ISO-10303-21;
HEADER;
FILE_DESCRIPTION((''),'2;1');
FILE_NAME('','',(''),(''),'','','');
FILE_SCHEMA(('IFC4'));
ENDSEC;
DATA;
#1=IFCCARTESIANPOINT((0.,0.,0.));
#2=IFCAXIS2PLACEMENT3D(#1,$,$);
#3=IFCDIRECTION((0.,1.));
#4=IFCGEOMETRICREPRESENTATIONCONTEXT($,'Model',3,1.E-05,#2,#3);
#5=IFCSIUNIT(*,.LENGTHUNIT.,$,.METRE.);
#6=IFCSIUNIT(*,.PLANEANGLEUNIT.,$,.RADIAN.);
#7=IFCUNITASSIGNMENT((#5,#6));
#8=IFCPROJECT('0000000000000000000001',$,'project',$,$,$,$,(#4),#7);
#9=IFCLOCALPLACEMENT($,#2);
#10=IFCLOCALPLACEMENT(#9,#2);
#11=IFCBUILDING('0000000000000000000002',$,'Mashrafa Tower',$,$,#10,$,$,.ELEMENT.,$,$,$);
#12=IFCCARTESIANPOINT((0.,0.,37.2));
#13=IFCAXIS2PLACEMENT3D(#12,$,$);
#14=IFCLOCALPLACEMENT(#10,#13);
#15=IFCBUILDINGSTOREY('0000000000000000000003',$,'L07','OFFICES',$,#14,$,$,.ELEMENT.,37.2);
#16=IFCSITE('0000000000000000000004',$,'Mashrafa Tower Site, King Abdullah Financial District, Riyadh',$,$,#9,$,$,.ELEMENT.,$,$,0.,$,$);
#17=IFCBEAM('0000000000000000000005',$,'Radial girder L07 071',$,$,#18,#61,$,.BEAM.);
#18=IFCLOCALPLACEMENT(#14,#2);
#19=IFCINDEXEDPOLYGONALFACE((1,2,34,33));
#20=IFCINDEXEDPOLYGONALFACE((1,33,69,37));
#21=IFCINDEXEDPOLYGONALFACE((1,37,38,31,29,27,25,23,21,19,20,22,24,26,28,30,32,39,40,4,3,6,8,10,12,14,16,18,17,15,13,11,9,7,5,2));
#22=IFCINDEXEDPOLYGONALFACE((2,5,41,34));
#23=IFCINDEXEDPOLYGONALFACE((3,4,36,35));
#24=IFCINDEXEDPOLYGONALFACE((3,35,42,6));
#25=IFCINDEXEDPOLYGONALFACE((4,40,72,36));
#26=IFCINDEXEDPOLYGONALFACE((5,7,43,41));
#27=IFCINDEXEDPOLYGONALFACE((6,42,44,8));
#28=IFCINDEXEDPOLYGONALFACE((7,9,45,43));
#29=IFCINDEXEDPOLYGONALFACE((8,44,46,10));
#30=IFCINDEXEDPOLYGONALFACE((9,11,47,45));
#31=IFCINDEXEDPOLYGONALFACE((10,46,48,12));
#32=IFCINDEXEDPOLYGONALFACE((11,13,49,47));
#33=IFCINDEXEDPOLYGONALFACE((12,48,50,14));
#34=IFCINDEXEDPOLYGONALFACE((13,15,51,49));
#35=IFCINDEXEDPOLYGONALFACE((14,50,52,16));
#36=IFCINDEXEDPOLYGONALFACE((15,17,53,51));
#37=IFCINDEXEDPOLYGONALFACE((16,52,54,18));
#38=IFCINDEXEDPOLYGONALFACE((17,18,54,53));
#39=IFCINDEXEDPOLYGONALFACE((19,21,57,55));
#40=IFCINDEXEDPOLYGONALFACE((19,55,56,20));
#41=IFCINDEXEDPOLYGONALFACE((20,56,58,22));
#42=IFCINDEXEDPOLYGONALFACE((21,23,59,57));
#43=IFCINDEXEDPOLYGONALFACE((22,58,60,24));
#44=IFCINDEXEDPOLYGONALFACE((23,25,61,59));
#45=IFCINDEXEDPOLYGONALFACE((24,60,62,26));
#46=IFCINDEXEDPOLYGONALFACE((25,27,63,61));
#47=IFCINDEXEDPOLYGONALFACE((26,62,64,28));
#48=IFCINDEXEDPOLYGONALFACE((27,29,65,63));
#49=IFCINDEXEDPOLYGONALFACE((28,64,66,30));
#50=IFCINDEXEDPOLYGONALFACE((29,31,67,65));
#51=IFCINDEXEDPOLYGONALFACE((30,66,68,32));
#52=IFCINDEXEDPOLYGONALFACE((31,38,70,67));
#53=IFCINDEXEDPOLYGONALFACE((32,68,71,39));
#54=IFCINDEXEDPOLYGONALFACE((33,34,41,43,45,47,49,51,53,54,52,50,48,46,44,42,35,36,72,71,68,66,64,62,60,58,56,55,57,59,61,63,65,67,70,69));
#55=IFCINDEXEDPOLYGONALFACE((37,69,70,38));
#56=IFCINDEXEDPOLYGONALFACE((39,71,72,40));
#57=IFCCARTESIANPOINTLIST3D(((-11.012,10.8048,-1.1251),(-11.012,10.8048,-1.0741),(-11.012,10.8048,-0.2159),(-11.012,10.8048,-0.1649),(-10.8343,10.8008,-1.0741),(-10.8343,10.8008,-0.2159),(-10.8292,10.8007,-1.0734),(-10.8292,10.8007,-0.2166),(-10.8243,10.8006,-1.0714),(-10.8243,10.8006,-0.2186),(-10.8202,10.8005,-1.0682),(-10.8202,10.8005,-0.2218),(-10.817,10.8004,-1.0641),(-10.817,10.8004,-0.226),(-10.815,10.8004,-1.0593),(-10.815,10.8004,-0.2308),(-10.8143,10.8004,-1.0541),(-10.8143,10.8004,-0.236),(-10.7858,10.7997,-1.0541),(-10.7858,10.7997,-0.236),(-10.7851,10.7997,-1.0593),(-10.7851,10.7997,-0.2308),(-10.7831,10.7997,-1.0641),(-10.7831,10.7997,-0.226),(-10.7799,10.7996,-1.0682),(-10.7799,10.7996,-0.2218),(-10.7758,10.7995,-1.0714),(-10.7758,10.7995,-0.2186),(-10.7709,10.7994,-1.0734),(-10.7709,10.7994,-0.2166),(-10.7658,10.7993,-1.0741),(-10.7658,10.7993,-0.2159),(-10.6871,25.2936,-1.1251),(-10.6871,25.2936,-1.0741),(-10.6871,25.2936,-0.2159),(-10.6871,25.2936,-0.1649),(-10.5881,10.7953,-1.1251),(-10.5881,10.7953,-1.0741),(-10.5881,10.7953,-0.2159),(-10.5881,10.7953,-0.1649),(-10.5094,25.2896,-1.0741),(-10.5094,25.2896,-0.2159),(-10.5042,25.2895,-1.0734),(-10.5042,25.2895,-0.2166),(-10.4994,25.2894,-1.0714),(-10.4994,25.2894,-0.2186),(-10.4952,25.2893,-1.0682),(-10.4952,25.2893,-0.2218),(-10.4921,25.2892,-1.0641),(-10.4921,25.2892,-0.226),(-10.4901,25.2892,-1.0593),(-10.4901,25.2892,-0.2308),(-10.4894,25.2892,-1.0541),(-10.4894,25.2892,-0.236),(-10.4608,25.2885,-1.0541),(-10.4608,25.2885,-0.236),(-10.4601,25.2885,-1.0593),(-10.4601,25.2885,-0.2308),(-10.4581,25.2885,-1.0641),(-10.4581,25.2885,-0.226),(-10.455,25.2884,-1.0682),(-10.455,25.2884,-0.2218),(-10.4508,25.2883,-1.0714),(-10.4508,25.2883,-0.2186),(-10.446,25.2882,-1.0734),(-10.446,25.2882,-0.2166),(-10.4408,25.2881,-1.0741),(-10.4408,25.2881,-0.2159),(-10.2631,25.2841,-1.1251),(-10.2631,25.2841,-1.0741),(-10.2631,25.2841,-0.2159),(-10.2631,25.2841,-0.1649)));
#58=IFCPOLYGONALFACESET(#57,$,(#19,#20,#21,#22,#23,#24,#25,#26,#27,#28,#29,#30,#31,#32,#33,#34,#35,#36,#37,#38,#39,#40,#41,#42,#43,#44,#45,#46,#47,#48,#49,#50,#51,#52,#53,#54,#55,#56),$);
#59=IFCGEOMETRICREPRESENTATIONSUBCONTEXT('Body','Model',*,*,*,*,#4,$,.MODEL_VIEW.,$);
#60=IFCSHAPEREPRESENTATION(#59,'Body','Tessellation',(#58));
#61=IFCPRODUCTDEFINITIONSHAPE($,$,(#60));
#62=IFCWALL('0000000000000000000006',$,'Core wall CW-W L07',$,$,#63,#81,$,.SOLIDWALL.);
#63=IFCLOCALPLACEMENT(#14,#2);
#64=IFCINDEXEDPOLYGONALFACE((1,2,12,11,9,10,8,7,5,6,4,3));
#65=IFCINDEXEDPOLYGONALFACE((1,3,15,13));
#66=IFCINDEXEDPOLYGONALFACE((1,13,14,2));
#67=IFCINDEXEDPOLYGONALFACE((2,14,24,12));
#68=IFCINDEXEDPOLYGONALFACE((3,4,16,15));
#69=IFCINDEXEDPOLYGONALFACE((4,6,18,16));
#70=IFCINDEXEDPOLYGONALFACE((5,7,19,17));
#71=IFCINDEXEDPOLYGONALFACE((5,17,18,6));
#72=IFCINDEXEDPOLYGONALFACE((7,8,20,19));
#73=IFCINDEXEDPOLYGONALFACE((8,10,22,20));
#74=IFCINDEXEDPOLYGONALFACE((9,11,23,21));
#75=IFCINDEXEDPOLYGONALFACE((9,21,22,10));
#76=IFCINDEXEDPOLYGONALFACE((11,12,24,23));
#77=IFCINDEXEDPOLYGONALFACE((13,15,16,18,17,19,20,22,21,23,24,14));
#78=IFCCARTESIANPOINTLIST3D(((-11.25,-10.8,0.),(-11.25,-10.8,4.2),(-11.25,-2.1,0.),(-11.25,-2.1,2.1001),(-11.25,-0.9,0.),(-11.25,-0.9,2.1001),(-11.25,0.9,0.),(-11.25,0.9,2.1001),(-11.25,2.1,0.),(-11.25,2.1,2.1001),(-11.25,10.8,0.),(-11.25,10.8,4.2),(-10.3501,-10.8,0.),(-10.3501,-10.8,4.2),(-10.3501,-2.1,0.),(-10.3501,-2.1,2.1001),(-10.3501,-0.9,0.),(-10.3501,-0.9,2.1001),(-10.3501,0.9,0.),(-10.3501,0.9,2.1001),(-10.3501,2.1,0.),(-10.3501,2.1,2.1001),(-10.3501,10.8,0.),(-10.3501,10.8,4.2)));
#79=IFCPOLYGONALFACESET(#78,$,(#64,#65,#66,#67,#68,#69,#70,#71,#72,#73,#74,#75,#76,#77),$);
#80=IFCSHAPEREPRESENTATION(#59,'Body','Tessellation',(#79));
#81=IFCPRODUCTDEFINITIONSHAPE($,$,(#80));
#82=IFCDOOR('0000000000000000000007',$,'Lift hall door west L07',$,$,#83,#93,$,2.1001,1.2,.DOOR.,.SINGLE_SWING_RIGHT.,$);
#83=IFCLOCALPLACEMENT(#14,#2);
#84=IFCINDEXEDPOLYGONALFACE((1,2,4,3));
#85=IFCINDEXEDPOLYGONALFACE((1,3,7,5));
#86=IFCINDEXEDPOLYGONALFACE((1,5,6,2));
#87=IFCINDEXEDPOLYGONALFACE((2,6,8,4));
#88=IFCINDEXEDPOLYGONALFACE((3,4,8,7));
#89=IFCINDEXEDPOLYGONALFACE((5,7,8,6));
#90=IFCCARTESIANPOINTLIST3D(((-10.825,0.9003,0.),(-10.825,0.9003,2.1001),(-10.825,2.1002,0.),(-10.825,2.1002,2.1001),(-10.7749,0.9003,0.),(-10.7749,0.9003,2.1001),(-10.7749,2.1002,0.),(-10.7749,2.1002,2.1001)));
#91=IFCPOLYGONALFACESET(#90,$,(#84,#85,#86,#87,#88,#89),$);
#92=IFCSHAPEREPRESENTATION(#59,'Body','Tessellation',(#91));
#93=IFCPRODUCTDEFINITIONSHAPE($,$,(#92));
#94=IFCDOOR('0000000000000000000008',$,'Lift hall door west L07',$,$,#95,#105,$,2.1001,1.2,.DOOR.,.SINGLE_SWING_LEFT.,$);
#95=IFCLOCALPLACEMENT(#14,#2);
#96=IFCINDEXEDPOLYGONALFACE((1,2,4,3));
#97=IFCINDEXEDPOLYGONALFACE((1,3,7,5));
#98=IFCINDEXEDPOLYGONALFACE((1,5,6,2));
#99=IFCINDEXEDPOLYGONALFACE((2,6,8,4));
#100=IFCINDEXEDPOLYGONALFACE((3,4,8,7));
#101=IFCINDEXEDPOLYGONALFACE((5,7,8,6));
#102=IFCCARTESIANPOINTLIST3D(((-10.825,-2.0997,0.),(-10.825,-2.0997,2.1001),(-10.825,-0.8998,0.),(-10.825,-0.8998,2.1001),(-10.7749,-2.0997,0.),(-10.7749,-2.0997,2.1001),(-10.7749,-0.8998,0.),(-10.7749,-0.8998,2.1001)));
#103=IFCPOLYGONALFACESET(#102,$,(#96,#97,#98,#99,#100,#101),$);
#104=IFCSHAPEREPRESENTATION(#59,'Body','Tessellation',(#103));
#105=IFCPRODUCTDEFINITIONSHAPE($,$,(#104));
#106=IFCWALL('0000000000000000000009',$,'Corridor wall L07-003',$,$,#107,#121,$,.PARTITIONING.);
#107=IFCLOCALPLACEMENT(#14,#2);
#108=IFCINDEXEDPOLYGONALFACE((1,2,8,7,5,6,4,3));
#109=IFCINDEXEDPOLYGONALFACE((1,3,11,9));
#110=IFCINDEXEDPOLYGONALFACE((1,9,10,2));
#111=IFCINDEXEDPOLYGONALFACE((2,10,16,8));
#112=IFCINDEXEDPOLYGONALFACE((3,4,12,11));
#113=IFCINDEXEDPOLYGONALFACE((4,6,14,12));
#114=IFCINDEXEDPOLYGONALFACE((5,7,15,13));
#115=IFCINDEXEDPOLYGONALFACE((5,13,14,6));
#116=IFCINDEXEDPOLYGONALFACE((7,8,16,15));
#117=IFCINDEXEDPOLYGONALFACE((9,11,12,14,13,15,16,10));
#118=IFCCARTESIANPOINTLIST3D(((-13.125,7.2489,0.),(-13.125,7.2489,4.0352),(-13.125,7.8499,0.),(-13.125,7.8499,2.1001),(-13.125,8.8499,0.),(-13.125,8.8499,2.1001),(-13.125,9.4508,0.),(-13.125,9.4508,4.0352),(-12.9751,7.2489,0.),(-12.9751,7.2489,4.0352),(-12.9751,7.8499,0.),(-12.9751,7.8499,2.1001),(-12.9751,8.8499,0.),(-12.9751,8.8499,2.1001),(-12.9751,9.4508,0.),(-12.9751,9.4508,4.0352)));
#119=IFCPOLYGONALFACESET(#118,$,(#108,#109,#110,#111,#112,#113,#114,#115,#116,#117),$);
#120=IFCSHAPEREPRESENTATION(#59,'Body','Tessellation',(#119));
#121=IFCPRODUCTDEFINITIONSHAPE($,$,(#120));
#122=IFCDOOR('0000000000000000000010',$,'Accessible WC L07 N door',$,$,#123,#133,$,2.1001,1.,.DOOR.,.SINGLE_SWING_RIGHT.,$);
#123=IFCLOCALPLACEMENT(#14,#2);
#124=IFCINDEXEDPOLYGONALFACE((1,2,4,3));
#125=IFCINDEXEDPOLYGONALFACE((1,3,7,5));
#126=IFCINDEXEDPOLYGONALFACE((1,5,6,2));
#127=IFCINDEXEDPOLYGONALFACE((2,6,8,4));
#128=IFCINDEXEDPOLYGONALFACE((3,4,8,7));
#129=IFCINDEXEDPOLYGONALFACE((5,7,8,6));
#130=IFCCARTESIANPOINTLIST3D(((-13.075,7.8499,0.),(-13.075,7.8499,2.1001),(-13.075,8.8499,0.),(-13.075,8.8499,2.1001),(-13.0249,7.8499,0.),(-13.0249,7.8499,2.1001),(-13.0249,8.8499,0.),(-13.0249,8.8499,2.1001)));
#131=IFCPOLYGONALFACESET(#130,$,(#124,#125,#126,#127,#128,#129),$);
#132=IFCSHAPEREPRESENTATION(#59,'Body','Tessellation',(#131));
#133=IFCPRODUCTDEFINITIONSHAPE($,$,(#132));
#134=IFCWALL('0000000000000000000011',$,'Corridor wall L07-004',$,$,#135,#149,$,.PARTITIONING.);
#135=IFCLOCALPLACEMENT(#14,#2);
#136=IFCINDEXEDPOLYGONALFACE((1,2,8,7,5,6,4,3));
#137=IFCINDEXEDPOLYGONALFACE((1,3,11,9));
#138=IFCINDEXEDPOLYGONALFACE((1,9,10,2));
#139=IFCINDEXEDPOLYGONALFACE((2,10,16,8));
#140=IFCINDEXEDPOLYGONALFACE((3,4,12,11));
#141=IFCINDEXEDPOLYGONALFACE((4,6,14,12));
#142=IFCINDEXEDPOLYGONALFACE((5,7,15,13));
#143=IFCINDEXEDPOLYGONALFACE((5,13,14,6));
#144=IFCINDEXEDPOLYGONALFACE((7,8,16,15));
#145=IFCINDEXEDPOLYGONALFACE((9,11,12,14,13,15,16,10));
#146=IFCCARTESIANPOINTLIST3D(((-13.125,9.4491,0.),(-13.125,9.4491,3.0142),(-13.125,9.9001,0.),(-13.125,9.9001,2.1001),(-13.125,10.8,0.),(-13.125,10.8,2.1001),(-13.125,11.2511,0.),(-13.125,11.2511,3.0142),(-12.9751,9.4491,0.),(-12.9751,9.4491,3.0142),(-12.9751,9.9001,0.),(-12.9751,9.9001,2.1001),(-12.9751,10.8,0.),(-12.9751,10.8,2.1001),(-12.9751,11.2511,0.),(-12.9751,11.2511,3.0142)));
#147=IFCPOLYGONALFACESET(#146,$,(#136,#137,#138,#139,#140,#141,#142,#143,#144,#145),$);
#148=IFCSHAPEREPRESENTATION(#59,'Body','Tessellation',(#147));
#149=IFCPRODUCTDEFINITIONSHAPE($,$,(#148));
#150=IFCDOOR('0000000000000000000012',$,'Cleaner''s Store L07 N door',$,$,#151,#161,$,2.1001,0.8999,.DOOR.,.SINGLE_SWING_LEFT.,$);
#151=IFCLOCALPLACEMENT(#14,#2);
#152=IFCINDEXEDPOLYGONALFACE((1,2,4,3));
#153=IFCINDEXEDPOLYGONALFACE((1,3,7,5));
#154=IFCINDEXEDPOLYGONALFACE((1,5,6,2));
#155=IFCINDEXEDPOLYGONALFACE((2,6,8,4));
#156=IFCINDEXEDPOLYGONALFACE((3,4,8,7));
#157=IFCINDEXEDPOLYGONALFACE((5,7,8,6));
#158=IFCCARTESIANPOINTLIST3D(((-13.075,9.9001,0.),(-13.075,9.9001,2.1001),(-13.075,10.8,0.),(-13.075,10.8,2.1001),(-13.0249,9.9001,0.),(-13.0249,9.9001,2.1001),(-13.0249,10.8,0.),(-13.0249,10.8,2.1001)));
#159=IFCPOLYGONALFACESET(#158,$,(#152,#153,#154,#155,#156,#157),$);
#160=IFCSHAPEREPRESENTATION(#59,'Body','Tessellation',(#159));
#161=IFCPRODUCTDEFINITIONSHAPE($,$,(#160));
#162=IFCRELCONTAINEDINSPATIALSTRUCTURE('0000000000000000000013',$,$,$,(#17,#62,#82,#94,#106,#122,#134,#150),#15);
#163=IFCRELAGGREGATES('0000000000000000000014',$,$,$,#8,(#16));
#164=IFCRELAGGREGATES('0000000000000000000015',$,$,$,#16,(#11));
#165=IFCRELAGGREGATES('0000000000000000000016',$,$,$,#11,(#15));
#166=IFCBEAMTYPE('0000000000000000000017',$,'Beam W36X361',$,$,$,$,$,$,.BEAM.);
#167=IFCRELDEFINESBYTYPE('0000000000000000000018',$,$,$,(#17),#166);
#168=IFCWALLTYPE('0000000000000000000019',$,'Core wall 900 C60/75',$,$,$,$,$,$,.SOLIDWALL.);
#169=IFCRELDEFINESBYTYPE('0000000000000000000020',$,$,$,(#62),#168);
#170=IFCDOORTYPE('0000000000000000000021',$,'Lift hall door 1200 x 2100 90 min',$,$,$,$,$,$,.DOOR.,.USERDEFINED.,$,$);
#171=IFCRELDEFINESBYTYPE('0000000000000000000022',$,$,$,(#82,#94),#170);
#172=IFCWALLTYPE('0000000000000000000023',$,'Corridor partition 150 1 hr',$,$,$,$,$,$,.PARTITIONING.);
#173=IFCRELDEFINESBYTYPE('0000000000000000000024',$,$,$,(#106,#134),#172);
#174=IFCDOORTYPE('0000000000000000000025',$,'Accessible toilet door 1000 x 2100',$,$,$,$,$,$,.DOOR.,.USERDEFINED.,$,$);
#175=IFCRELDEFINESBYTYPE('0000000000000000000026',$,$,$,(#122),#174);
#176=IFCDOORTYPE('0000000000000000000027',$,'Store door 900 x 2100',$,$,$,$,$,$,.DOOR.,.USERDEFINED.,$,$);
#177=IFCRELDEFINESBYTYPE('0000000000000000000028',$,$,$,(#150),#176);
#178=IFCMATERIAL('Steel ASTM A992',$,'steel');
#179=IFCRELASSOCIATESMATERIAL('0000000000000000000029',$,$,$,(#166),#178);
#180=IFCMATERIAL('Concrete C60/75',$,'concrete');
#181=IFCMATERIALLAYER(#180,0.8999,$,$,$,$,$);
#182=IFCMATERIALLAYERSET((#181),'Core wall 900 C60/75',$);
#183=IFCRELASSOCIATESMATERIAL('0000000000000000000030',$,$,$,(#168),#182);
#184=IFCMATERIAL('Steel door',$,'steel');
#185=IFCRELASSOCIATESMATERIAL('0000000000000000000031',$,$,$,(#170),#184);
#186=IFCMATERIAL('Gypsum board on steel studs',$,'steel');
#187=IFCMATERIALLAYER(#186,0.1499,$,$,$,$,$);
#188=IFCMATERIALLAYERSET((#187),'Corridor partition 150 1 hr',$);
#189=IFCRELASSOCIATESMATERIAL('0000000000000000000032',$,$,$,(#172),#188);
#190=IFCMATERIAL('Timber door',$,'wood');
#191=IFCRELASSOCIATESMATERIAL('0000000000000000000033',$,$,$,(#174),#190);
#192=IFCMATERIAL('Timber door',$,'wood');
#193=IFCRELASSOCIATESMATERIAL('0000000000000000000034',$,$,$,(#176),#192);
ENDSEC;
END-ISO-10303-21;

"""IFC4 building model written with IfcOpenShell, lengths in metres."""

from ifc_helpers import new_model, si_unit, direction, frame, frame_2d, origin, origin_2d, place, context, subcontext, project, spatial, rectangle, i_section, extrude, material, layer, layer_set, material_profile, profile_set, type_object, element, fill, save


model = new_model("IFC4")

# Units and contexts
model_context = context("Model", 3, precision=1e-05, world=origin(), true_north=direction((0.0, 1.0)))
body_context = subcontext(model_context, "Body", "Model", "MODEL_VIEW")
ifc_project = project(units=[si_unit("LENGTHUNIT", "METRE"), si_unit("PLANEANGLEUNIT", "RADIAN")], contexts=[model_context])

# Site, building, storey
site_placement = place(None, origin())
site = spatial("IfcSite", under=ifc_project, at=site_placement, Name="Mashrafa Tower Site, King Abdullah Financial District, Riyadh", CompositionType="ELEMENT", RefElevation=0.0)
building_placement = place(site_placement, origin())
building = spatial("IfcBuilding", under=site, at=building_placement, Name="Mashrafa Tower", CompositionType="ELEMENT")
storey_placement = place(building_placement, frame((0.0, 0.0, 37.2)))
storey = spatial("IfcBuildingStorey", under=building, at=storey_placement, Name="L07", Description="OFFICES", CompositionType="ELEMENT", Elevation=37.2)

# Beam
ifc_material_1 = material(Name="Steel ASTM A992", Category="steel")
ifc_material_profile_1 = material_profile(ifc_material_1, i_section(OverallWidth=0.4241, OverallDepth=0.9602, WebThickness=0.0286, FlangeThickness=0.051, FilletRadius=0.02, at=origin_2d()), Name="W36X361")
ifc_profile_set_1 = profile_set([ifc_material_profile_1], Name="Steel ASTM A992")
beam_type_1 = type_object("IfcBeamType", Name="Beam W36X361", PredefinedType="BEAM", material=ifc_profile_set_1)
for number, where, z_axis, x_axis, name in (
    (1, (-10.8, 10.8, -0.645), (0.022422, 0.999749, 0.0), (-0.999749, 0.022422, 0.0), "Radial girder L07 071"),
):
    element("IfcBeam", number, at=place(storey_placement, frame(where, z_axis=z_axis, x_axis=x_axis)), inside=storey, type_object=beam_type_1, Name=name, PredefinedType="BEAM", context=body_context, shape_type="SweptSolid", body=[
        extrude(i_section(OverallWidth=0.4241, OverallDepth=0.9602, WebThickness=0.0286, FlangeThickness=0.051, FilletRadius=0.02, at=origin_2d()), origin(), (0.0, 0.0, 1.0), 14.4924),
    ])

# Wall, openings, doors
ifc_material_2 = material(Name="Concrete C60/75", Category="concrete")
ifc_layer_1 = layer(ifc_material_2, 0.8999)
ifc_layer_set_1 = layer_set([ifc_layer_1], Name="Core wall 900 C60/75")
wall_type_1 = type_object("IfcWallType", Name="Core wall 900 C60/75", PredefinedType="SOLIDWALL", material=ifc_layer_set_1)
wall_1_placement = place(storey_placement, frame((-10.8, 10.8, 0.0), z_axis=(0.0, 0.0, 1.0), x_axis=(0.0, -1.0, 0.0)))
wall_1 = element("IfcWall", 2, at=wall_1_placement, inside=storey, type_object=wall_type_1, Name="Core wall CW-W L07", PredefinedType="SOLIDWALL", context=body_context, shape_type="SweptSolid", body=[
    extrude(rectangle(XDim=21.6001, YDim=0.8999, at=frame_2d((10.8, 0.0))), origin(), (0.0, 0.0, 1.0), 4.2),
])
opening_1_placement = place(wall_1_placement, frame((8.7, 0.0, 0.0)))
opening_1 = element("IfcOpeningElement", 3, at=opening_1_placement, cuts=wall_1, PredefinedType="OPENING", context=body_context, shape_type="SweptSolid", body=[
    extrude(rectangle(XDim=1.2, YDim=2.1001, at=frame_2d((0.6001, 1.05))), frame((0.0, 0.46, 0.0), z_axis=(0.0, -1.0, 0.0), x_axis=(1.0, 0.0, 0.0)), (0.0, 0.0, 1.0), 0.9199),
])
opening_2_placement = place(wall_1_placement, frame((11.7, 0.0, 0.0)))
opening_2 = element("IfcOpeningElement", 4, at=opening_2_placement, cuts=wall_1, PredefinedType="OPENING", context=body_context, shape_type="SweptSolid", body=[
    extrude(rectangle(XDim=1.2, YDim=2.1001, at=frame_2d((0.6001, 1.05))), frame((0.0, 0.46, 0.0), z_axis=(0.0, -1.0, 0.0), x_axis=(1.0, 0.0, 0.0)), (0.0, 0.0, 1.0), 0.9199),
])
ifc_material_3 = material(Name="Steel door", Category="steel")
door_type_1 = type_object("IfcDoorType", Name="Lift hall door 1200 x 2100 90 min", OperationType="USERDEFINED", PredefinedType="DOOR", material=ifc_material_3)
door_1_placement = place(opening_1_placement, frame((1.2, 0.0, 0.0), z_axis=(0.0, 0.0, 1.0), x_axis=(-1.0, 0.0, 0.0)))
door_1 = element("IfcDoor", 5, at=door_1_placement, inside=storey, type_object=door_type_1, Name="Lift hall door west L07", OperationType="SINGLE_SWING_RIGHT", OverallHeight=2.1001, OverallWidth=1.2, PredefinedType="DOOR", context=body_context, shape_type="SweptSolid", body=[
    extrude(rectangle(XDim=1.2, YDim=2.1001, at=frame_2d((0.6001, 1.05))), frame((0.0, 0.0249, 0.0), z_axis=(0.0, -1.0, 0.0), x_axis=(1.0, 0.0, 0.0)), (0.0, 0.0, 1.0), 0.05),
])
fill(opening_1, door_1)
door_2_placement = place(opening_2_placement, frame((1.2, 0.0, 0.0), z_axis=(0.0, 0.0, 1.0), x_axis=(-1.0, 0.0, 0.0)))
door_2 = element("IfcDoor", 6, at=door_2_placement, inside=storey, type_object=door_type_1, Name="Lift hall door west L07", OperationType="SINGLE_SWING_LEFT", OverallHeight=2.1001, OverallWidth=1.2, PredefinedType="DOOR", context=body_context, shape_type="SweptSolid", body=[
    extrude(rectangle(XDim=1.2, YDim=2.1001, at=frame_2d((0.6001, 1.05))), frame((0.0, 0.0249, 0.0), z_axis=(0.0, -1.0, 0.0), x_axis=(1.0, 0.0, 0.0)), (0.0, 0.0, 1.0), 0.05),
])
fill(opening_2, door_2)

# Walls, openings, doors
ifc_material_4 = material(Name="Gypsum board on steel studs", Category="steel")
ifc_layer_2 = layer(ifc_material_4, 0.1499)
ifc_layer_set_2 = layer_set([ifc_layer_2], Name="Corridor partition 150 1 hr")
wall_type_2 = type_object("IfcWallType", Name="Corridor partition 150 1 hr", PredefinedType="PARTITIONING", material=ifc_layer_set_2)
wall_2_placement = place(storey_placement, frame((-13.05, 9.4509, 0.0), z_axis=(0.0, 0.0, 1.0), x_axis=(0.0, -1.0, 0.0)))
wall_2 = element("IfcWall", 7, at=wall_2_placement, inside=storey, type_object=wall_type_2, Name="Corridor wall L07-003", PredefinedType="PARTITIONING", context=body_context, shape_type="SweptSolid", body=[
    extrude(rectangle(XDim=2.2019, YDim=0.1499, at=frame_2d((1.1011, 0.0))), origin(), (0.0, 0.0, 1.0), 4.0352),
])
opening_3_placement = place(wall_2_placement, frame((0.6011, 0.0, 0.0)))
opening_3 = element("IfcOpeningElement", 8, at=opening_3_placement, cuts=wall_2, PredefinedType="OPENING", context=body_context, shape_type="SweptSolid", body=[
    extrude(rectangle(XDim=1.0, YDim=2.1001, at=frame_2d((0.5, 1.05))), frame((0.0, 0.085, 0.0), z_axis=(0.0, -1.0, 0.0), x_axis=(1.0, 0.0, 0.0)), (0.0, 0.0, 1.0), 0.1699),
])
ifc_material_5 = material(Name="Timber door", Category="wood")
door_type_2 = type_object("IfcDoorType", Name="Accessible toilet door 1000 x 2100", OperationType="USERDEFINED", PredefinedType="DOOR", material=ifc_material_5)
door_3_placement = place(opening_3_placement, frame((1.0, 0.0, 0.0), z_axis=(0.0, 0.0, 1.0), x_axis=(-1.0, 0.0, 0.0)))
door_3 = element("IfcDoor", 9, at=door_3_placement, inside=storey, type_object=door_type_2, Name="Accessible WC L07 N door", OperationType="SINGLE_SWING_RIGHT", OverallHeight=2.1001, OverallWidth=1.0, PredefinedType="DOOR", context=body_context, shape_type="SweptSolid", body=[
    extrude(rectangle(XDim=1.0, YDim=2.1001, at=frame_2d((0.5, 1.05))), frame((0.0, 0.0249, 0.0), z_axis=(0.0, -1.0, 0.0), x_axis=(1.0, 0.0, 0.0)), (0.0, 0.0, 1.0), 0.05),
])
fill(opening_3, door_3)
wall_3_placement = place(storey_placement, frame((-13.05, 11.251, 0.0), z_axis=(0.0, 0.0, 1.0), x_axis=(0.0, -1.0, 0.0)))
wall_3 = element("IfcWall", 10, at=wall_3_placement, inside=storey, type_object=wall_type_2, Name="Corridor wall L07-004", PredefinedType="PARTITIONING", context=body_context, shape_type="SweptSolid", body=[
    extrude(rectangle(XDim=1.802, YDim=0.1499, at=frame_2d((0.9009, 0.0))), origin(), (0.0, 0.0, 1.0), 3.0142),
])
opening_4_placement = place(wall_3_placement, frame((0.4509, 0.0, 0.0)))
opening_4 = element("IfcOpeningElement", 11, at=opening_4_placement, cuts=wall_3, PredefinedType="OPENING", context=body_context, shape_type="SweptSolid", body=[
    extrude(rectangle(XDim=0.8999, YDim=2.1001, at=frame_2d((0.45, 1.05))), frame((0.0, 0.085, 0.0), z_axis=(0.0, -1.0, 0.0), x_axis=(1.0, 0.0, 0.0)), (0.0, 0.0, 1.0), 0.1699),
])
ifc_material_6 = material(Name="Timber door", Category="wood")
door_type_3 = type_object("IfcDoorType", Name="Store door 900 x 2100", OperationType="USERDEFINED", PredefinedType="DOOR", material=ifc_material_6)
door_4_placement = place(opening_4_placement, frame((0.8999, 0.0, 0.0), z_axis=(0.0, 0.0, 1.0), x_axis=(-1.0, 0.0, 0.0)))
door_4 = element("IfcDoor", 12, at=door_4_placement, inside=storey, type_object=door_type_3, Name="Cleaner's Store L07 N door", OperationType="SINGLE_SWING_LEFT", OverallHeight=2.1001, OverallWidth=0.8999, PredefinedType="DOOR", context=body_context, shape_type="SweptSolid", body=[
    extrude(rectangle(XDim=0.8999, YDim=2.1001, at=frame_2d((0.45, 1.05))), frame((0.0, 0.0249, 0.0), z_axis=(0.0, -1.0, 0.0), x_axis=(1.0, 0.0, 0.0)), (0.0, 0.0, 1.0), 0.05),
])
fill(opening_4, door_4)

save(model, "model.ifc")
